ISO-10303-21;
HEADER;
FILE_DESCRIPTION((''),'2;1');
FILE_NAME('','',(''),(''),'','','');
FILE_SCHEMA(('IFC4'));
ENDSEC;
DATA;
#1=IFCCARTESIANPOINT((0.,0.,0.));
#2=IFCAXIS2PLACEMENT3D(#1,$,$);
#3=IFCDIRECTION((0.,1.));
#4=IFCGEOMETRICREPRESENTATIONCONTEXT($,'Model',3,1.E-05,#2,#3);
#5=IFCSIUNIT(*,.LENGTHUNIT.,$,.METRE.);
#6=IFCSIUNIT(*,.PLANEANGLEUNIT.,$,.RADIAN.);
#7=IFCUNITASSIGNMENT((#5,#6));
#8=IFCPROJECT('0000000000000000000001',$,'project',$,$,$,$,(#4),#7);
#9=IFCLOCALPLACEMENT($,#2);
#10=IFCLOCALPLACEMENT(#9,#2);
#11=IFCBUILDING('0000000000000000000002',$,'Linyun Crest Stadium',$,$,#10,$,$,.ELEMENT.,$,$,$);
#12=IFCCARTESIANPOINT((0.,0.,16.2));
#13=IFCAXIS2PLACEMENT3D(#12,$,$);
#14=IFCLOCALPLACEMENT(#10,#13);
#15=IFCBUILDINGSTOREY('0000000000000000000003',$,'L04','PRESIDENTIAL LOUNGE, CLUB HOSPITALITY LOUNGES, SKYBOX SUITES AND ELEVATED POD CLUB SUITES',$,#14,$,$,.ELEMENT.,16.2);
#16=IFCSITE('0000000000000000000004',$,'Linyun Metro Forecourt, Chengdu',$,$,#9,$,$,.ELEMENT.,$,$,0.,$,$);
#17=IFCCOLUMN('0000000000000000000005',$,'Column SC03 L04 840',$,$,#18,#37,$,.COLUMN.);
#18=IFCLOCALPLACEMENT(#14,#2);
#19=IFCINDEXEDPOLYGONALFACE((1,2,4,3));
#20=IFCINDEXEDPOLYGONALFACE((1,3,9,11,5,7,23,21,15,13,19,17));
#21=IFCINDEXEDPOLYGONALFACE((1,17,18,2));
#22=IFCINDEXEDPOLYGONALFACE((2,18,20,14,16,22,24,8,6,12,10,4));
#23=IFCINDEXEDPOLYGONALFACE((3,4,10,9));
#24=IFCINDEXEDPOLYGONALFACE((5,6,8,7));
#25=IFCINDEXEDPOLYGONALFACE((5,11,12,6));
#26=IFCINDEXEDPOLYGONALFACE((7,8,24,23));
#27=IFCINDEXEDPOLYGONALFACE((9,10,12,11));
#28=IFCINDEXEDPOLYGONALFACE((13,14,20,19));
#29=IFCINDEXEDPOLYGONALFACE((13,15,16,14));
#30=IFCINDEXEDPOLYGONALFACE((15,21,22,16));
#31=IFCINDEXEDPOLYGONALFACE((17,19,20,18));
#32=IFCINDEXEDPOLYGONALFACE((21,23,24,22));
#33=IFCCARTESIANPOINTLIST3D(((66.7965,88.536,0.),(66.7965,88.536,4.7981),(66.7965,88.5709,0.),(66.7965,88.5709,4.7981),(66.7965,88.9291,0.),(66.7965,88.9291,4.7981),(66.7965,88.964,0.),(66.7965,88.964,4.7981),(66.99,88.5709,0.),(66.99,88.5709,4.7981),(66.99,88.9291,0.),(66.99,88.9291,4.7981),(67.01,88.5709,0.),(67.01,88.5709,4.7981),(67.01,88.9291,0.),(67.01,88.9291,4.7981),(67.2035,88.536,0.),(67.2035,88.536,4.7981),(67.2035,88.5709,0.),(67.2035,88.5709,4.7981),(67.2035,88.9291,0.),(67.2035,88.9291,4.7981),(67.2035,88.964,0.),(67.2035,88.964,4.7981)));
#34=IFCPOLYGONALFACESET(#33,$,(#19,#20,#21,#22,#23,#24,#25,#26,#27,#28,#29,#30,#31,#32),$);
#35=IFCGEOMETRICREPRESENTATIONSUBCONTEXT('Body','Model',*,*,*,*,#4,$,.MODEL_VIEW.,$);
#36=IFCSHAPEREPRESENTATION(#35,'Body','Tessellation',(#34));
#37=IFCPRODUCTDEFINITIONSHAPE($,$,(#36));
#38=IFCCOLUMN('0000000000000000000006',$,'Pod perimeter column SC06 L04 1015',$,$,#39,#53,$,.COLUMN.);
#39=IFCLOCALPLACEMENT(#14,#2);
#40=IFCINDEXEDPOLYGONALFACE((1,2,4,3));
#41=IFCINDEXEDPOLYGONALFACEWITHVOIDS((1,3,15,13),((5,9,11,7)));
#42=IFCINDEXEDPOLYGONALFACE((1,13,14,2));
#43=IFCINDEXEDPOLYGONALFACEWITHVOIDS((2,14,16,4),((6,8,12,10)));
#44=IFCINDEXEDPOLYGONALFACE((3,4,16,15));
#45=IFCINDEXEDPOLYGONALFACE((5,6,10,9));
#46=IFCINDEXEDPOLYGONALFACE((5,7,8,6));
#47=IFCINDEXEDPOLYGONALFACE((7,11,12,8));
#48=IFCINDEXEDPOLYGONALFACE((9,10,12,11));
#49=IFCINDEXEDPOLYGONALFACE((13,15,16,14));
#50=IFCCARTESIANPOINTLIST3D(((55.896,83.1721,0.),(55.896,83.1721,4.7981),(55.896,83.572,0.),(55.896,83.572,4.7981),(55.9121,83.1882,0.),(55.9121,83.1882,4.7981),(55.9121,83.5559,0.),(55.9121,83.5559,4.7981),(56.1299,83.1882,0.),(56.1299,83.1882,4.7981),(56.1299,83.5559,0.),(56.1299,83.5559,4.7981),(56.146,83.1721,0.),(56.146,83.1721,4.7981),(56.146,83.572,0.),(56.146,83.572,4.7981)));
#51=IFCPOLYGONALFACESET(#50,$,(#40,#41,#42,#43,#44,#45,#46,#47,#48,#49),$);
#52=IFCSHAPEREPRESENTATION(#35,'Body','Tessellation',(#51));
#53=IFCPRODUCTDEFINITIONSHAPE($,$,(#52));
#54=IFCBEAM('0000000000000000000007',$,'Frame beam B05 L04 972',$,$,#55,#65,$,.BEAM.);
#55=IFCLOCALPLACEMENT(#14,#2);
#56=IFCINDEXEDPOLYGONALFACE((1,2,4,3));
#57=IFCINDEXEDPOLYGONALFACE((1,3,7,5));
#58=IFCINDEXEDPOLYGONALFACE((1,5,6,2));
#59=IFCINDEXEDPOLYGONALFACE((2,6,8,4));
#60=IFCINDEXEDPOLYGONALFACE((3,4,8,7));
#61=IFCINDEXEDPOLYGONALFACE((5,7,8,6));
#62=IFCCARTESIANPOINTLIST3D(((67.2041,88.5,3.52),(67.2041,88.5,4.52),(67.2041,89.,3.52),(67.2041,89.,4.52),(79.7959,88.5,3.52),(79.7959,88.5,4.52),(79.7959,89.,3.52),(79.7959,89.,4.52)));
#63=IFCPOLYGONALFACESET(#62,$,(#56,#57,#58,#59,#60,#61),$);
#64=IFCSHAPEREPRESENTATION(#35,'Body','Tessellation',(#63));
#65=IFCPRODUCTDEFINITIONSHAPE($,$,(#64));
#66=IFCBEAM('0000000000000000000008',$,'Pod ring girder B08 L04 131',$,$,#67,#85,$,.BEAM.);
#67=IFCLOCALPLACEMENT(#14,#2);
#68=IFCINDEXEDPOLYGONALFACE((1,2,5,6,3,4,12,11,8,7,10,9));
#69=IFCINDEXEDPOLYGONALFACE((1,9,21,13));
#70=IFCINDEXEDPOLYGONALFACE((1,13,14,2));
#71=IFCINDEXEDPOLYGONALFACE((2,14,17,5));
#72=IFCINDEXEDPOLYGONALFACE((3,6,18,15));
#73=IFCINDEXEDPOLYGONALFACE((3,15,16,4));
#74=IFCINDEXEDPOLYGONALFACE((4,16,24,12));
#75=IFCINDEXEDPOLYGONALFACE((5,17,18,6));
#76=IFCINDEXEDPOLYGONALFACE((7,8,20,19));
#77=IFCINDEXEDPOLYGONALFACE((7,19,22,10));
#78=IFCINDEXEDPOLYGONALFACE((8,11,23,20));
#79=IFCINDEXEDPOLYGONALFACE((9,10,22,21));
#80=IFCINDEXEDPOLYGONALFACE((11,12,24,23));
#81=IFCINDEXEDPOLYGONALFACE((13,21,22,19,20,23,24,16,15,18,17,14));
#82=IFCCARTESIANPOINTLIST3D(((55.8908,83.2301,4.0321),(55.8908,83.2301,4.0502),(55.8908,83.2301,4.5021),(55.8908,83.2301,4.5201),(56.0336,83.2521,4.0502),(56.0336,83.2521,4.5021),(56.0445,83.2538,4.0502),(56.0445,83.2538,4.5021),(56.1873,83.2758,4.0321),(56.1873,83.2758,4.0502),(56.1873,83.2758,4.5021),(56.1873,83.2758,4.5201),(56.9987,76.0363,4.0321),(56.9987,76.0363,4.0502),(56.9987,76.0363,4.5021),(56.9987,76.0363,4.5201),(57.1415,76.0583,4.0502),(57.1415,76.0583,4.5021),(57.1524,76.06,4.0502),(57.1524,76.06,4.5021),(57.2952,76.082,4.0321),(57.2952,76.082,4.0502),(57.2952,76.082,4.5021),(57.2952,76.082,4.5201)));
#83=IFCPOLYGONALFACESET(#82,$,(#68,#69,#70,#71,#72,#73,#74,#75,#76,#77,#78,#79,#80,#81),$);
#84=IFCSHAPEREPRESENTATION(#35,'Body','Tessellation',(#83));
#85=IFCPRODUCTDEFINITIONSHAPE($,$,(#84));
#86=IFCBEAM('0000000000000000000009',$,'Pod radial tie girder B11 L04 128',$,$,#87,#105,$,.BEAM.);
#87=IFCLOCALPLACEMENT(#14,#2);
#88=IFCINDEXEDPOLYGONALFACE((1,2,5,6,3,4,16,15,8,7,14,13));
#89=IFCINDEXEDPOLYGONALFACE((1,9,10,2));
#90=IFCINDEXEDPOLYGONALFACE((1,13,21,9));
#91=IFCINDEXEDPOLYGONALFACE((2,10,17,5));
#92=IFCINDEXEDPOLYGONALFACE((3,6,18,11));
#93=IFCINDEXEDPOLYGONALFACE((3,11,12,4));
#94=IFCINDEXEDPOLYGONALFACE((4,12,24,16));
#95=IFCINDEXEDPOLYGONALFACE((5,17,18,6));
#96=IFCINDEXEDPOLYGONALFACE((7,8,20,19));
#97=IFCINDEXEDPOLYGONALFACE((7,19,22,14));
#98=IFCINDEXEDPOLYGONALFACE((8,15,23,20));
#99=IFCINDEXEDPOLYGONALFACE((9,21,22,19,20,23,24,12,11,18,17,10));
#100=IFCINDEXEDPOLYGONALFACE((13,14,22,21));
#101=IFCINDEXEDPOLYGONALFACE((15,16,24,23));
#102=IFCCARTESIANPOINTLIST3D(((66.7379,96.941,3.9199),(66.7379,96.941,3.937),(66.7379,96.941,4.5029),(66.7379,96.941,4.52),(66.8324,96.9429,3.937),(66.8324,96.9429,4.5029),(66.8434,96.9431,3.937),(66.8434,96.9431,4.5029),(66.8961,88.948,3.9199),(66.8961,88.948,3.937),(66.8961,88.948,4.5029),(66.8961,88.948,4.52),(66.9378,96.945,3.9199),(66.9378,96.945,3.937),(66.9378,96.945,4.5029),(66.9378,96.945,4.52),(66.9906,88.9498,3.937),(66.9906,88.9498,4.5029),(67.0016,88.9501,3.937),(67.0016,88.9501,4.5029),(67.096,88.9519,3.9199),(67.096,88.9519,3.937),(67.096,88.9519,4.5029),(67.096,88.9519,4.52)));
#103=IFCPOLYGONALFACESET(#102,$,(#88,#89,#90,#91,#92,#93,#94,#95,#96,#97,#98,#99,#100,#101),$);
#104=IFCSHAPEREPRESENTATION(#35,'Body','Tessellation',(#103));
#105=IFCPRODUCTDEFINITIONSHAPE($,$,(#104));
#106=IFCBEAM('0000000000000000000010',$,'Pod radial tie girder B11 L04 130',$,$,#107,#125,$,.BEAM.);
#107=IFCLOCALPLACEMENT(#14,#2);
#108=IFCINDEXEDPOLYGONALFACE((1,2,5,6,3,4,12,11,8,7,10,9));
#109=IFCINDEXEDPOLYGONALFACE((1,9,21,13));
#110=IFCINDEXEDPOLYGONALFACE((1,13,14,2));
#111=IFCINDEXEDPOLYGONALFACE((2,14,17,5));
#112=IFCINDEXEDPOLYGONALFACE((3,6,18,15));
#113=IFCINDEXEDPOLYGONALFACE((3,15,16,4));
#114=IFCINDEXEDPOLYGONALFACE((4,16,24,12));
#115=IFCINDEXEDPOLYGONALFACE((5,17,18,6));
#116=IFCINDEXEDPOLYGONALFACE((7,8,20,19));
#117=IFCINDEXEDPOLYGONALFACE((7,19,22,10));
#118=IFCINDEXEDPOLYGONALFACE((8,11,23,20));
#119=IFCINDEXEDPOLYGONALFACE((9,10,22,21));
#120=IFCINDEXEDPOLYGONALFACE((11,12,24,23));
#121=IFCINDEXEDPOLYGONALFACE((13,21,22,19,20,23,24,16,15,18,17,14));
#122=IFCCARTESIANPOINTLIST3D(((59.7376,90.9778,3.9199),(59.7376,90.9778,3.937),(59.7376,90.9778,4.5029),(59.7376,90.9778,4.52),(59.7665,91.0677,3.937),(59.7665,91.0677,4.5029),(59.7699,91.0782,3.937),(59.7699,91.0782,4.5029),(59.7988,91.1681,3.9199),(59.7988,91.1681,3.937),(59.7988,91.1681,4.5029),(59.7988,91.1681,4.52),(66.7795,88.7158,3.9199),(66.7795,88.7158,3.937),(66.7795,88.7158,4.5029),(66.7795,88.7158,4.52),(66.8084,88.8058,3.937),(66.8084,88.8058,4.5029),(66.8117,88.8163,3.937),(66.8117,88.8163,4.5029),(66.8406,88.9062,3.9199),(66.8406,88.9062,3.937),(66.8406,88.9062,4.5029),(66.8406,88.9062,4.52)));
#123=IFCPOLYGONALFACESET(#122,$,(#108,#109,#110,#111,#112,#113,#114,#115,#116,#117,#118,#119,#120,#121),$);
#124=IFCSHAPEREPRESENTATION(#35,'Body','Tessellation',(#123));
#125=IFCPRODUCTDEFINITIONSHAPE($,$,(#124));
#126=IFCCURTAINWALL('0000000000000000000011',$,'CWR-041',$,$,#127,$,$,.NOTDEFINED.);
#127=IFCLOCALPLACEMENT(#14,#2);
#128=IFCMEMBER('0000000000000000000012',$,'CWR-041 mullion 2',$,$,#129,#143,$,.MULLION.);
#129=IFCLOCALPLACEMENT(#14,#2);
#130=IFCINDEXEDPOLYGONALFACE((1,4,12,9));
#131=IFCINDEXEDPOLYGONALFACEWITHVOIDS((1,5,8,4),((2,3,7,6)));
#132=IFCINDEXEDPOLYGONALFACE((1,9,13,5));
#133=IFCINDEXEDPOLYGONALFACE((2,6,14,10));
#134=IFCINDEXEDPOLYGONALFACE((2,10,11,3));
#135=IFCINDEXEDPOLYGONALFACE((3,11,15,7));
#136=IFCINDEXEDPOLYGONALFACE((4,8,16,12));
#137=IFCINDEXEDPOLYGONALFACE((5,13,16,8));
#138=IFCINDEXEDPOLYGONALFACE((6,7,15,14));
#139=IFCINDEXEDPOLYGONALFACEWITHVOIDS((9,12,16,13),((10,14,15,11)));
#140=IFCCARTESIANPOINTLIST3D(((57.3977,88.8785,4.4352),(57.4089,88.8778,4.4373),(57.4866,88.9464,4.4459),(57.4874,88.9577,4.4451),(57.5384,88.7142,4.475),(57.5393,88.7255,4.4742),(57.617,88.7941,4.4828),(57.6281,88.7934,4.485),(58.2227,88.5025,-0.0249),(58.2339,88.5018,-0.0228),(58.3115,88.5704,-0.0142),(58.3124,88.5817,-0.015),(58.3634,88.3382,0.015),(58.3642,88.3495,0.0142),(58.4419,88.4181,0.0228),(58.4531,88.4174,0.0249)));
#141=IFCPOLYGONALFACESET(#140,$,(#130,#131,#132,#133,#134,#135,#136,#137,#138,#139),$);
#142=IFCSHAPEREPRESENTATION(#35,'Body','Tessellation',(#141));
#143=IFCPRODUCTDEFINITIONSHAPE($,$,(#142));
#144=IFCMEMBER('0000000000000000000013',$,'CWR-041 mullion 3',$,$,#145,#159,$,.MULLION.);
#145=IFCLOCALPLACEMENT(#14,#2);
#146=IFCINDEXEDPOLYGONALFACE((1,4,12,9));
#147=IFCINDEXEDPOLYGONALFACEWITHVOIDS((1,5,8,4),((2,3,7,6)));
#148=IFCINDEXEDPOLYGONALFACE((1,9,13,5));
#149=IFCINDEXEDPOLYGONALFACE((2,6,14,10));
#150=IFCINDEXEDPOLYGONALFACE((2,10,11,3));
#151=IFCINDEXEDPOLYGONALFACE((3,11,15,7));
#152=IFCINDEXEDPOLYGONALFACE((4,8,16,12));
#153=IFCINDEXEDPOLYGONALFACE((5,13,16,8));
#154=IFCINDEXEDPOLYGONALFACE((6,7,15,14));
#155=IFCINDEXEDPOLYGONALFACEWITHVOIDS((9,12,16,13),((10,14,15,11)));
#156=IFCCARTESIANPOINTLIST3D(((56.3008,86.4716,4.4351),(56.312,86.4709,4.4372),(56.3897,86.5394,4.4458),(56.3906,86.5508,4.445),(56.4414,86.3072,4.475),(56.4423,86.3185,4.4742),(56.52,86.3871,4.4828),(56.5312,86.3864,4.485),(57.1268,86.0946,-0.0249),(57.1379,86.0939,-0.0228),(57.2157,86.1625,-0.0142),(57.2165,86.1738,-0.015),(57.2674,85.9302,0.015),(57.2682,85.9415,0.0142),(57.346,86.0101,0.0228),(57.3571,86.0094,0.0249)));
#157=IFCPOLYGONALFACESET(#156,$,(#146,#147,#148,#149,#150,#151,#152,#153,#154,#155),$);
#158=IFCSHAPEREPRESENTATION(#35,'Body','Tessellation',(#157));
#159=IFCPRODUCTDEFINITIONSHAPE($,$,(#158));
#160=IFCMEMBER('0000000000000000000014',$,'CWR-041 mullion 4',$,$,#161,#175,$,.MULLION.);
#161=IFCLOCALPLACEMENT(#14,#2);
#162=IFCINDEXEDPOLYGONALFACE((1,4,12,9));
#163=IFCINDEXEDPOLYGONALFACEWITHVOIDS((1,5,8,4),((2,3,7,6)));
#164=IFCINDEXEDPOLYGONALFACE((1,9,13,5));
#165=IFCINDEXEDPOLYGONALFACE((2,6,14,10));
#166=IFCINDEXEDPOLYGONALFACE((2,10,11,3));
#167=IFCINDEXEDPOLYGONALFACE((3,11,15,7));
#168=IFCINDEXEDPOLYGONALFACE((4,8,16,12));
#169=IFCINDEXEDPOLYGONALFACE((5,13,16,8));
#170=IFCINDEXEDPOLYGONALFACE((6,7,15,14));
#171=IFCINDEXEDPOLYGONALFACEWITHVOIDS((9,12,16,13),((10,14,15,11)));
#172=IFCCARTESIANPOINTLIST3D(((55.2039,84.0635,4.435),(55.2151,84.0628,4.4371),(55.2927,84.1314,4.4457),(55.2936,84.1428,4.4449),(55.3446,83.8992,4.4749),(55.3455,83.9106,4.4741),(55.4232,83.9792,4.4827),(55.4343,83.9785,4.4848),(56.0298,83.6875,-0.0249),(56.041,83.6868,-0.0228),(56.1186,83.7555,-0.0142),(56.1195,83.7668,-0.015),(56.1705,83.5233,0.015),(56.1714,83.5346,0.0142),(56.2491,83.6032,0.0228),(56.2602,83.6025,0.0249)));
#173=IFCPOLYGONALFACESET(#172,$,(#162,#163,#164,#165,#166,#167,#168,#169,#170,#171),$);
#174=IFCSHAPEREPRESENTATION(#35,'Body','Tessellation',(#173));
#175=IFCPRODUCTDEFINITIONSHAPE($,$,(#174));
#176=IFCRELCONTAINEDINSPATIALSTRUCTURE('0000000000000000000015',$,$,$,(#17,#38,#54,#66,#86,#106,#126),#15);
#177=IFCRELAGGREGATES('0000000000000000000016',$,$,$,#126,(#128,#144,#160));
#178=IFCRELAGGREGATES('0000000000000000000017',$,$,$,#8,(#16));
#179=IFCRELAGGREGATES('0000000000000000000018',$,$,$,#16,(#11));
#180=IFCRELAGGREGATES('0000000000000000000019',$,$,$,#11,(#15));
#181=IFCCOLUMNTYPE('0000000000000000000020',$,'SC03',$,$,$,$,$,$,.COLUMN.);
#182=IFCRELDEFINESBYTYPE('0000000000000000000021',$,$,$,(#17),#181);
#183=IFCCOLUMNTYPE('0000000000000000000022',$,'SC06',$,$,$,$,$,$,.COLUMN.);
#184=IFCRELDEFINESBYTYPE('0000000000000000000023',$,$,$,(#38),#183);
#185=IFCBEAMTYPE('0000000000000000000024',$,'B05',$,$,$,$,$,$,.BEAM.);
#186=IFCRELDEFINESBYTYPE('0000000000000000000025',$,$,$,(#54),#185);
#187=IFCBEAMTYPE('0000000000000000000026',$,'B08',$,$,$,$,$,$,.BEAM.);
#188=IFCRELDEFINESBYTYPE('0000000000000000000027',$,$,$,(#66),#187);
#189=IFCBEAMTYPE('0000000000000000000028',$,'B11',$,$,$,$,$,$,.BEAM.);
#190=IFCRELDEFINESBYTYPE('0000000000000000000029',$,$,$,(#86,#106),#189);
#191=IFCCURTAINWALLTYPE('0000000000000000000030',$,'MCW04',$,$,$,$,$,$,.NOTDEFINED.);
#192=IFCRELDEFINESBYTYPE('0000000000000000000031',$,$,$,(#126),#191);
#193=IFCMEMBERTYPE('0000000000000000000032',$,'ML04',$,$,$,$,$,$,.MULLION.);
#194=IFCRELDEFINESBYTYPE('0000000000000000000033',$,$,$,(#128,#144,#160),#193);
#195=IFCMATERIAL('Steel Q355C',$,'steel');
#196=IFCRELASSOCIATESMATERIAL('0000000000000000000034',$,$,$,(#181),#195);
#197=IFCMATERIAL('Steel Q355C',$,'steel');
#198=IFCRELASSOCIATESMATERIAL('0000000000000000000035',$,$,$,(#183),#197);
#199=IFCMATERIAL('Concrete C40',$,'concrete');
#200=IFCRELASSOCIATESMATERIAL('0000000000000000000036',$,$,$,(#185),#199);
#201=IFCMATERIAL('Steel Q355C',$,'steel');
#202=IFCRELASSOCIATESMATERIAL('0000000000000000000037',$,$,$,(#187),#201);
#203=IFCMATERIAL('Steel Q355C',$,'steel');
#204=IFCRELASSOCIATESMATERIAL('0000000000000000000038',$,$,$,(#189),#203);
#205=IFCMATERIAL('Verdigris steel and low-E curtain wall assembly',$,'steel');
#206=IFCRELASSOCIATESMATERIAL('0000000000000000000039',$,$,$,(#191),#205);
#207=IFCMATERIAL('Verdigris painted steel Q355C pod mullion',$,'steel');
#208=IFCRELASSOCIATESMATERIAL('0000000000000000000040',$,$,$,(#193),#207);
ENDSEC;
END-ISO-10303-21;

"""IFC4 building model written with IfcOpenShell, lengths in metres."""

from ifc_helpers import new_model, si_unit, direction, frame, origin, origin_2d, place, context, subcontext, project, spatial, rectangle, hollow_rectangle, i_section, extrude, material, material_profile, profile_set, type_object, element, aggregate, save


model = new_model("IFC4")

# Units and contexts
model_context = context("Model", 3, precision=1e-05, world=origin(), true_north=direction((0.0, 1.0)))
body_context = subcontext(model_context, "Body", "Model", "MODEL_VIEW")
ifc_project = project(units=[si_unit("LENGTHUNIT", "METRE"), si_unit("PLANEANGLEUNIT", "RADIAN")], contexts=[model_context])

# Site, building, storey
site_placement = place(None, origin())
site = spatial("IfcSite", under=ifc_project, at=site_placement, Name="Linyun Metro Forecourt, Chengdu", CompositionType="ELEMENT", RefElevation=0.0)
building_placement = place(site_placement, origin())
building = spatial("IfcBuilding", under=site, at=building_placement, Name="Linyun Crest Stadium", CompositionType="ELEMENT")
storey_placement = place(building_placement, frame((0.0, 0.0, 16.2)))
storey = spatial("IfcBuildingStorey", under=building, at=storey_placement, Name="L04", Description="PRESIDENTIAL LOUNGE, CLUB HOSPITALITY LOUNGES, SKYBOX SUITES AND ELEVATED POD CLUB SUITES", CompositionType="ELEMENT", Elevation=16.2)

# Columns
ifc_material_1 = material(Name="Steel Q355C", Category="steel")
ifc_material_profile_1 = material_profile(ifc_material_1, i_section(OverallWidth=0.407, OverallDepth=0.428, WebThickness=0.02, FlangeThickness=0.0349, at=origin_2d()), Name="HW 428x407")
ifc_profile_set_1 = profile_set([ifc_material_profile_1], Name="Steel Q355C")
column_type_1 = type_object("IfcColumnType", Name="SC03", PredefinedType="COLUMN", material=ifc_profile_set_1)
column_1_placement = place(storey_placement, frame((67.0, 88.75, 0.0), z_axis=(0.0, 0.0, 1.0), x_axis=(1.0, 0.0, 0.0)))
element("IfcColumn", 1, at=column_1_placement, inside=storey, type_object=column_type_1, Name="Column SC03 L04 840", PredefinedType="COLUMN", context=body_context, shape_type="SweptSolid", body=[
    extrude(i_section(OverallWidth=0.407, OverallDepth=0.428, WebThickness=0.02, FlangeThickness=0.0349, at=origin_2d()), origin(), (0.0, 0.0, 1.0), 4.7981),
])
ifc_material_2 = material(Name="Steel Q355C", Category="steel")
ifc_material_profile_2 = material_profile(ifc_material_2, hollow_rectangle(XDim=0.25, YDim=0.3999, WallThickness=0.0161, at=origin_2d()), Name="RHS 400x250x16")
ifc_profile_set_2 = profile_set([ifc_material_profile_2], Name="Steel Q355C")
column_type_2 = type_object("IfcColumnType", Name="SC06", PredefinedType="COLUMN", material=ifc_profile_set_2)
column_2_placement = place(storey_placement, frame((56.021, 83.3721, 0.0), z_axis=(0.0, 0.0, 1.0), x_axis=(1.0, 0.0, 0.0)))
element("IfcColumn", 2, at=column_2_placement, inside=storey, type_object=column_type_2, Name="Pod perimeter column SC06 L04 1015", PredefinedType="COLUMN", context=body_context, shape_type="SweptSolid", body=[
    extrude(hollow_rectangle(XDim=0.25, YDim=0.3999, WallThickness=0.0161, at=origin_2d()), origin(), (0.0, 0.0, 1.0), 4.7981),
])

# Beams
ifc_material_3 = material(Name="Concrete C40", Category="concrete")
ifc_material_profile_3 = material_profile(ifc_material_3, rectangle(XDim=0.5, YDim=1.0, at=origin_2d()), Name="RCB 1000x500")
ifc_profile_set_3 = profile_set([ifc_material_profile_3], Name="Concrete C40")
beam_type_1 = type_object("IfcBeamType", Name="B05", PredefinedType="BEAM", material=ifc_profile_set_3)
beam_1_placement = place(storey_placement, frame((67.2041, 88.75, 4.02), z_axis=(1.0, 0.0, 0.0), x_axis=(0.0, 1.0, 0.0)))
element("IfcBeam", 3, at=beam_1_placement, inside=storey, type_object=beam_type_1, Name="Frame beam B05 L04 972", PredefinedType="BEAM", context=body_context, shape_type="SweptSolid", body=[
    extrude(rectangle(XDim=0.5, YDim=1.0, at=origin_2d()), origin(), (0.0, 0.0, 1.0), 12.5918),
])
ifc_material_4 = material(Name="Steel Q355C", Category="steel")
ifc_material_profile_4 = material_profile(ifc_material_4, i_section(OverallWidth=0.3, OverallDepth=0.488, WebThickness=0.011, FlangeThickness=0.0181, at=origin_2d()), Name="HM 488x300")
ifc_profile_set_4 = profile_set([ifc_material_profile_4], Name="Steel Q355C")
beam_type_2 = type_object("IfcBeamType", Name="B08", PredefinedType="BEAM", material=ifc_profile_set_4)
beam_2_placement = place(storey_placement, frame((56.0391, 83.2529, 4.2761), z_axis=(0.152213, -0.988348, 0.0), x_axis=(0.988348, 0.152213, 0.0)))
element("IfcBeam", 4, at=beam_2_placement, inside=storey, type_object=beam_type_2, Name="Pod ring girder B08 L04 131", PredefinedType="BEAM", context=body_context, shape_type="SweptSolid", body=[
    extrude(i_section(OverallWidth=0.3, OverallDepth=0.488, WebThickness=0.011, FlangeThickness=0.0181, at=origin_2d()), origin(), (0.0, 0.0, 1.0), 7.2786),
])
ifc_material_5 = material(Name="Steel Q355C", Category="steel")
ifc_material_profile_5 = material_profile(ifc_material_5, i_section(OverallWidth=0.2, OverallDepth=0.6001, WebThickness=0.011, FlangeThickness=0.0171, at=origin_2d()), Name="HN 600x200")
ifc_profile_set_5 = profile_set([ifc_material_profile_5], Name="Steel Q355C")
beam_type_3 = type_object("IfcBeamType", Name="B11", PredefinedType="BEAM", material=ifc_profile_set_5)
beam_3_placement = place(storey_placement, frame((66.9961, 88.95, 4.22), z_axis=(-0.019788, 0.999804, 0.0), x_axis=(-0.999804, -0.019788, 0.0)))
element("IfcBeam", 5, at=beam_3_placement, inside=storey, type_object=beam_type_3, Name="Pod radial tie girder B11 L04 128", PredefinedType="BEAM", context=body_context, shape_type="SweptSolid", body=[
    extrude(i_section(OverallWidth=0.2, OverallDepth=0.6001, WebThickness=0.011, FlangeThickness=0.0171, at=origin_2d()), origin(), (0.0, 0.0, 1.0), 7.9946),
])
beam_4_placement = place(storey_placement, frame((66.8101, 88.811, 4.22), z_axis=(-0.952089, 0.305821, 0.0), x_axis=(-0.305821, -0.952089, 0.0)))
element("IfcBeam", 6, at=beam_4_placement, inside=storey, type_object=beam_type_3, Name="Pod radial tie girder B11 L04 130", PredefinedType="BEAM", context=body_context, shape_type="SweptSolid", body=[
    extrude(i_section(OverallWidth=0.2, OverallDepth=0.6001, WebThickness=0.011, FlangeThickness=0.0171, at=origin_2d()), origin(), (0.0, 0.0, 1.0), 7.3962),
])

# Curtain wall, members
ifc_material_6 = material(Name="Verdigris steel and low-E curtain wall assembly", Category="steel")
curtain_wall_type = type_object("IfcCurtainWallType", Name="MCW04", PredefinedType="NOTDEFINED", material=ifc_material_6)
curtain_wall_1_placement = place(storey_placement, origin())
curtain_wall_1 = element("IfcCurtainWall", 7, at=curtain_wall_1_placement, inside=storey, type_object=curtain_wall_type, Name="CWR-041", PredefinedType="NOTDEFINED")
ifc_material_7 = material(Name="Verdigris painted steel Q355C pod mullion", Category="steel")
ifc_material_profile_6 = material_profile(ifc_material_7, hollow_rectangle(XDim=0.1201, YDim=0.22, WallThickness=0.0081, at=origin_2d()), Name="RHS 220x120x8")
ifc_profile_set_6 = profile_set([ifc_material_profile_6], Name="Verdigris painted steel Q355C pod mullion")
member_type_1 = type_object("IfcMemberType", Name="ML04", PredefinedType="MULLION", material=ifc_profile_set_6)
member_1_placement = place(storey_placement, frame((58.3379, 88.46, 0.0), z_axis=(-0.181261, 0.082611, 0.979959), x_axis=(-0.747052, -0.659617, -0.082575)))
member_1 = element("IfcMember", 8, at=member_1_placement, type_object=member_type_1, Name="CWR-041 mullion 2", PredefinedType="MULLION", context=body_context, shape_type="SweptSolid", body=[
    extrude(hollow_rectangle(XDim=0.1201, YDim=0.22, WallThickness=0.0081, at=origin_2d()), origin(), (0.0, 0.0, 1.0), 4.5513),
])
member_2_placement = place(storey_placement, frame((57.2419, 86.052, 0.0), z_axis=(-0.181466, 0.082821, 0.979904), x_axis=(-0.747382, -0.659229, -0.082688)))
member_2 = element("IfcMember", 9, at=member_2_placement, type_object=member_type_1, Name="CWR-041 mullion 3", PredefinedType="MULLION", context=body_context, shape_type="SweptSolid", body=[
    extrude(hollow_rectangle(XDim=0.1201, YDim=0.22, WallThickness=0.0081, at=origin_2d()), origin(), (0.0, 0.0, 1.0), 4.5515),
])
member_3_placement = place(storey_placement, frame((56.145, 83.645, 0.0), z_axis=(-0.181469, 0.082608, 0.979921), x_axis=(-0.746743, -0.659957, -0.082653)))
member_3 = element("IfcMember", 10, at=member_3_placement, type_object=member_type_1, Name="CWR-041 mullion 4", PredefinedType="MULLION", context=body_context, shape_type="SweptSolid", body=[
    extrude(hollow_rectangle(XDim=0.1201, YDim=0.22, WallThickness=0.0081, at=origin_2d()), origin(), (0.0, 0.0, 1.0), 4.5513),
])

aggregate(curtain_wall_1, [member_1, member_2, member_3])

save(model, "model.ifc")
